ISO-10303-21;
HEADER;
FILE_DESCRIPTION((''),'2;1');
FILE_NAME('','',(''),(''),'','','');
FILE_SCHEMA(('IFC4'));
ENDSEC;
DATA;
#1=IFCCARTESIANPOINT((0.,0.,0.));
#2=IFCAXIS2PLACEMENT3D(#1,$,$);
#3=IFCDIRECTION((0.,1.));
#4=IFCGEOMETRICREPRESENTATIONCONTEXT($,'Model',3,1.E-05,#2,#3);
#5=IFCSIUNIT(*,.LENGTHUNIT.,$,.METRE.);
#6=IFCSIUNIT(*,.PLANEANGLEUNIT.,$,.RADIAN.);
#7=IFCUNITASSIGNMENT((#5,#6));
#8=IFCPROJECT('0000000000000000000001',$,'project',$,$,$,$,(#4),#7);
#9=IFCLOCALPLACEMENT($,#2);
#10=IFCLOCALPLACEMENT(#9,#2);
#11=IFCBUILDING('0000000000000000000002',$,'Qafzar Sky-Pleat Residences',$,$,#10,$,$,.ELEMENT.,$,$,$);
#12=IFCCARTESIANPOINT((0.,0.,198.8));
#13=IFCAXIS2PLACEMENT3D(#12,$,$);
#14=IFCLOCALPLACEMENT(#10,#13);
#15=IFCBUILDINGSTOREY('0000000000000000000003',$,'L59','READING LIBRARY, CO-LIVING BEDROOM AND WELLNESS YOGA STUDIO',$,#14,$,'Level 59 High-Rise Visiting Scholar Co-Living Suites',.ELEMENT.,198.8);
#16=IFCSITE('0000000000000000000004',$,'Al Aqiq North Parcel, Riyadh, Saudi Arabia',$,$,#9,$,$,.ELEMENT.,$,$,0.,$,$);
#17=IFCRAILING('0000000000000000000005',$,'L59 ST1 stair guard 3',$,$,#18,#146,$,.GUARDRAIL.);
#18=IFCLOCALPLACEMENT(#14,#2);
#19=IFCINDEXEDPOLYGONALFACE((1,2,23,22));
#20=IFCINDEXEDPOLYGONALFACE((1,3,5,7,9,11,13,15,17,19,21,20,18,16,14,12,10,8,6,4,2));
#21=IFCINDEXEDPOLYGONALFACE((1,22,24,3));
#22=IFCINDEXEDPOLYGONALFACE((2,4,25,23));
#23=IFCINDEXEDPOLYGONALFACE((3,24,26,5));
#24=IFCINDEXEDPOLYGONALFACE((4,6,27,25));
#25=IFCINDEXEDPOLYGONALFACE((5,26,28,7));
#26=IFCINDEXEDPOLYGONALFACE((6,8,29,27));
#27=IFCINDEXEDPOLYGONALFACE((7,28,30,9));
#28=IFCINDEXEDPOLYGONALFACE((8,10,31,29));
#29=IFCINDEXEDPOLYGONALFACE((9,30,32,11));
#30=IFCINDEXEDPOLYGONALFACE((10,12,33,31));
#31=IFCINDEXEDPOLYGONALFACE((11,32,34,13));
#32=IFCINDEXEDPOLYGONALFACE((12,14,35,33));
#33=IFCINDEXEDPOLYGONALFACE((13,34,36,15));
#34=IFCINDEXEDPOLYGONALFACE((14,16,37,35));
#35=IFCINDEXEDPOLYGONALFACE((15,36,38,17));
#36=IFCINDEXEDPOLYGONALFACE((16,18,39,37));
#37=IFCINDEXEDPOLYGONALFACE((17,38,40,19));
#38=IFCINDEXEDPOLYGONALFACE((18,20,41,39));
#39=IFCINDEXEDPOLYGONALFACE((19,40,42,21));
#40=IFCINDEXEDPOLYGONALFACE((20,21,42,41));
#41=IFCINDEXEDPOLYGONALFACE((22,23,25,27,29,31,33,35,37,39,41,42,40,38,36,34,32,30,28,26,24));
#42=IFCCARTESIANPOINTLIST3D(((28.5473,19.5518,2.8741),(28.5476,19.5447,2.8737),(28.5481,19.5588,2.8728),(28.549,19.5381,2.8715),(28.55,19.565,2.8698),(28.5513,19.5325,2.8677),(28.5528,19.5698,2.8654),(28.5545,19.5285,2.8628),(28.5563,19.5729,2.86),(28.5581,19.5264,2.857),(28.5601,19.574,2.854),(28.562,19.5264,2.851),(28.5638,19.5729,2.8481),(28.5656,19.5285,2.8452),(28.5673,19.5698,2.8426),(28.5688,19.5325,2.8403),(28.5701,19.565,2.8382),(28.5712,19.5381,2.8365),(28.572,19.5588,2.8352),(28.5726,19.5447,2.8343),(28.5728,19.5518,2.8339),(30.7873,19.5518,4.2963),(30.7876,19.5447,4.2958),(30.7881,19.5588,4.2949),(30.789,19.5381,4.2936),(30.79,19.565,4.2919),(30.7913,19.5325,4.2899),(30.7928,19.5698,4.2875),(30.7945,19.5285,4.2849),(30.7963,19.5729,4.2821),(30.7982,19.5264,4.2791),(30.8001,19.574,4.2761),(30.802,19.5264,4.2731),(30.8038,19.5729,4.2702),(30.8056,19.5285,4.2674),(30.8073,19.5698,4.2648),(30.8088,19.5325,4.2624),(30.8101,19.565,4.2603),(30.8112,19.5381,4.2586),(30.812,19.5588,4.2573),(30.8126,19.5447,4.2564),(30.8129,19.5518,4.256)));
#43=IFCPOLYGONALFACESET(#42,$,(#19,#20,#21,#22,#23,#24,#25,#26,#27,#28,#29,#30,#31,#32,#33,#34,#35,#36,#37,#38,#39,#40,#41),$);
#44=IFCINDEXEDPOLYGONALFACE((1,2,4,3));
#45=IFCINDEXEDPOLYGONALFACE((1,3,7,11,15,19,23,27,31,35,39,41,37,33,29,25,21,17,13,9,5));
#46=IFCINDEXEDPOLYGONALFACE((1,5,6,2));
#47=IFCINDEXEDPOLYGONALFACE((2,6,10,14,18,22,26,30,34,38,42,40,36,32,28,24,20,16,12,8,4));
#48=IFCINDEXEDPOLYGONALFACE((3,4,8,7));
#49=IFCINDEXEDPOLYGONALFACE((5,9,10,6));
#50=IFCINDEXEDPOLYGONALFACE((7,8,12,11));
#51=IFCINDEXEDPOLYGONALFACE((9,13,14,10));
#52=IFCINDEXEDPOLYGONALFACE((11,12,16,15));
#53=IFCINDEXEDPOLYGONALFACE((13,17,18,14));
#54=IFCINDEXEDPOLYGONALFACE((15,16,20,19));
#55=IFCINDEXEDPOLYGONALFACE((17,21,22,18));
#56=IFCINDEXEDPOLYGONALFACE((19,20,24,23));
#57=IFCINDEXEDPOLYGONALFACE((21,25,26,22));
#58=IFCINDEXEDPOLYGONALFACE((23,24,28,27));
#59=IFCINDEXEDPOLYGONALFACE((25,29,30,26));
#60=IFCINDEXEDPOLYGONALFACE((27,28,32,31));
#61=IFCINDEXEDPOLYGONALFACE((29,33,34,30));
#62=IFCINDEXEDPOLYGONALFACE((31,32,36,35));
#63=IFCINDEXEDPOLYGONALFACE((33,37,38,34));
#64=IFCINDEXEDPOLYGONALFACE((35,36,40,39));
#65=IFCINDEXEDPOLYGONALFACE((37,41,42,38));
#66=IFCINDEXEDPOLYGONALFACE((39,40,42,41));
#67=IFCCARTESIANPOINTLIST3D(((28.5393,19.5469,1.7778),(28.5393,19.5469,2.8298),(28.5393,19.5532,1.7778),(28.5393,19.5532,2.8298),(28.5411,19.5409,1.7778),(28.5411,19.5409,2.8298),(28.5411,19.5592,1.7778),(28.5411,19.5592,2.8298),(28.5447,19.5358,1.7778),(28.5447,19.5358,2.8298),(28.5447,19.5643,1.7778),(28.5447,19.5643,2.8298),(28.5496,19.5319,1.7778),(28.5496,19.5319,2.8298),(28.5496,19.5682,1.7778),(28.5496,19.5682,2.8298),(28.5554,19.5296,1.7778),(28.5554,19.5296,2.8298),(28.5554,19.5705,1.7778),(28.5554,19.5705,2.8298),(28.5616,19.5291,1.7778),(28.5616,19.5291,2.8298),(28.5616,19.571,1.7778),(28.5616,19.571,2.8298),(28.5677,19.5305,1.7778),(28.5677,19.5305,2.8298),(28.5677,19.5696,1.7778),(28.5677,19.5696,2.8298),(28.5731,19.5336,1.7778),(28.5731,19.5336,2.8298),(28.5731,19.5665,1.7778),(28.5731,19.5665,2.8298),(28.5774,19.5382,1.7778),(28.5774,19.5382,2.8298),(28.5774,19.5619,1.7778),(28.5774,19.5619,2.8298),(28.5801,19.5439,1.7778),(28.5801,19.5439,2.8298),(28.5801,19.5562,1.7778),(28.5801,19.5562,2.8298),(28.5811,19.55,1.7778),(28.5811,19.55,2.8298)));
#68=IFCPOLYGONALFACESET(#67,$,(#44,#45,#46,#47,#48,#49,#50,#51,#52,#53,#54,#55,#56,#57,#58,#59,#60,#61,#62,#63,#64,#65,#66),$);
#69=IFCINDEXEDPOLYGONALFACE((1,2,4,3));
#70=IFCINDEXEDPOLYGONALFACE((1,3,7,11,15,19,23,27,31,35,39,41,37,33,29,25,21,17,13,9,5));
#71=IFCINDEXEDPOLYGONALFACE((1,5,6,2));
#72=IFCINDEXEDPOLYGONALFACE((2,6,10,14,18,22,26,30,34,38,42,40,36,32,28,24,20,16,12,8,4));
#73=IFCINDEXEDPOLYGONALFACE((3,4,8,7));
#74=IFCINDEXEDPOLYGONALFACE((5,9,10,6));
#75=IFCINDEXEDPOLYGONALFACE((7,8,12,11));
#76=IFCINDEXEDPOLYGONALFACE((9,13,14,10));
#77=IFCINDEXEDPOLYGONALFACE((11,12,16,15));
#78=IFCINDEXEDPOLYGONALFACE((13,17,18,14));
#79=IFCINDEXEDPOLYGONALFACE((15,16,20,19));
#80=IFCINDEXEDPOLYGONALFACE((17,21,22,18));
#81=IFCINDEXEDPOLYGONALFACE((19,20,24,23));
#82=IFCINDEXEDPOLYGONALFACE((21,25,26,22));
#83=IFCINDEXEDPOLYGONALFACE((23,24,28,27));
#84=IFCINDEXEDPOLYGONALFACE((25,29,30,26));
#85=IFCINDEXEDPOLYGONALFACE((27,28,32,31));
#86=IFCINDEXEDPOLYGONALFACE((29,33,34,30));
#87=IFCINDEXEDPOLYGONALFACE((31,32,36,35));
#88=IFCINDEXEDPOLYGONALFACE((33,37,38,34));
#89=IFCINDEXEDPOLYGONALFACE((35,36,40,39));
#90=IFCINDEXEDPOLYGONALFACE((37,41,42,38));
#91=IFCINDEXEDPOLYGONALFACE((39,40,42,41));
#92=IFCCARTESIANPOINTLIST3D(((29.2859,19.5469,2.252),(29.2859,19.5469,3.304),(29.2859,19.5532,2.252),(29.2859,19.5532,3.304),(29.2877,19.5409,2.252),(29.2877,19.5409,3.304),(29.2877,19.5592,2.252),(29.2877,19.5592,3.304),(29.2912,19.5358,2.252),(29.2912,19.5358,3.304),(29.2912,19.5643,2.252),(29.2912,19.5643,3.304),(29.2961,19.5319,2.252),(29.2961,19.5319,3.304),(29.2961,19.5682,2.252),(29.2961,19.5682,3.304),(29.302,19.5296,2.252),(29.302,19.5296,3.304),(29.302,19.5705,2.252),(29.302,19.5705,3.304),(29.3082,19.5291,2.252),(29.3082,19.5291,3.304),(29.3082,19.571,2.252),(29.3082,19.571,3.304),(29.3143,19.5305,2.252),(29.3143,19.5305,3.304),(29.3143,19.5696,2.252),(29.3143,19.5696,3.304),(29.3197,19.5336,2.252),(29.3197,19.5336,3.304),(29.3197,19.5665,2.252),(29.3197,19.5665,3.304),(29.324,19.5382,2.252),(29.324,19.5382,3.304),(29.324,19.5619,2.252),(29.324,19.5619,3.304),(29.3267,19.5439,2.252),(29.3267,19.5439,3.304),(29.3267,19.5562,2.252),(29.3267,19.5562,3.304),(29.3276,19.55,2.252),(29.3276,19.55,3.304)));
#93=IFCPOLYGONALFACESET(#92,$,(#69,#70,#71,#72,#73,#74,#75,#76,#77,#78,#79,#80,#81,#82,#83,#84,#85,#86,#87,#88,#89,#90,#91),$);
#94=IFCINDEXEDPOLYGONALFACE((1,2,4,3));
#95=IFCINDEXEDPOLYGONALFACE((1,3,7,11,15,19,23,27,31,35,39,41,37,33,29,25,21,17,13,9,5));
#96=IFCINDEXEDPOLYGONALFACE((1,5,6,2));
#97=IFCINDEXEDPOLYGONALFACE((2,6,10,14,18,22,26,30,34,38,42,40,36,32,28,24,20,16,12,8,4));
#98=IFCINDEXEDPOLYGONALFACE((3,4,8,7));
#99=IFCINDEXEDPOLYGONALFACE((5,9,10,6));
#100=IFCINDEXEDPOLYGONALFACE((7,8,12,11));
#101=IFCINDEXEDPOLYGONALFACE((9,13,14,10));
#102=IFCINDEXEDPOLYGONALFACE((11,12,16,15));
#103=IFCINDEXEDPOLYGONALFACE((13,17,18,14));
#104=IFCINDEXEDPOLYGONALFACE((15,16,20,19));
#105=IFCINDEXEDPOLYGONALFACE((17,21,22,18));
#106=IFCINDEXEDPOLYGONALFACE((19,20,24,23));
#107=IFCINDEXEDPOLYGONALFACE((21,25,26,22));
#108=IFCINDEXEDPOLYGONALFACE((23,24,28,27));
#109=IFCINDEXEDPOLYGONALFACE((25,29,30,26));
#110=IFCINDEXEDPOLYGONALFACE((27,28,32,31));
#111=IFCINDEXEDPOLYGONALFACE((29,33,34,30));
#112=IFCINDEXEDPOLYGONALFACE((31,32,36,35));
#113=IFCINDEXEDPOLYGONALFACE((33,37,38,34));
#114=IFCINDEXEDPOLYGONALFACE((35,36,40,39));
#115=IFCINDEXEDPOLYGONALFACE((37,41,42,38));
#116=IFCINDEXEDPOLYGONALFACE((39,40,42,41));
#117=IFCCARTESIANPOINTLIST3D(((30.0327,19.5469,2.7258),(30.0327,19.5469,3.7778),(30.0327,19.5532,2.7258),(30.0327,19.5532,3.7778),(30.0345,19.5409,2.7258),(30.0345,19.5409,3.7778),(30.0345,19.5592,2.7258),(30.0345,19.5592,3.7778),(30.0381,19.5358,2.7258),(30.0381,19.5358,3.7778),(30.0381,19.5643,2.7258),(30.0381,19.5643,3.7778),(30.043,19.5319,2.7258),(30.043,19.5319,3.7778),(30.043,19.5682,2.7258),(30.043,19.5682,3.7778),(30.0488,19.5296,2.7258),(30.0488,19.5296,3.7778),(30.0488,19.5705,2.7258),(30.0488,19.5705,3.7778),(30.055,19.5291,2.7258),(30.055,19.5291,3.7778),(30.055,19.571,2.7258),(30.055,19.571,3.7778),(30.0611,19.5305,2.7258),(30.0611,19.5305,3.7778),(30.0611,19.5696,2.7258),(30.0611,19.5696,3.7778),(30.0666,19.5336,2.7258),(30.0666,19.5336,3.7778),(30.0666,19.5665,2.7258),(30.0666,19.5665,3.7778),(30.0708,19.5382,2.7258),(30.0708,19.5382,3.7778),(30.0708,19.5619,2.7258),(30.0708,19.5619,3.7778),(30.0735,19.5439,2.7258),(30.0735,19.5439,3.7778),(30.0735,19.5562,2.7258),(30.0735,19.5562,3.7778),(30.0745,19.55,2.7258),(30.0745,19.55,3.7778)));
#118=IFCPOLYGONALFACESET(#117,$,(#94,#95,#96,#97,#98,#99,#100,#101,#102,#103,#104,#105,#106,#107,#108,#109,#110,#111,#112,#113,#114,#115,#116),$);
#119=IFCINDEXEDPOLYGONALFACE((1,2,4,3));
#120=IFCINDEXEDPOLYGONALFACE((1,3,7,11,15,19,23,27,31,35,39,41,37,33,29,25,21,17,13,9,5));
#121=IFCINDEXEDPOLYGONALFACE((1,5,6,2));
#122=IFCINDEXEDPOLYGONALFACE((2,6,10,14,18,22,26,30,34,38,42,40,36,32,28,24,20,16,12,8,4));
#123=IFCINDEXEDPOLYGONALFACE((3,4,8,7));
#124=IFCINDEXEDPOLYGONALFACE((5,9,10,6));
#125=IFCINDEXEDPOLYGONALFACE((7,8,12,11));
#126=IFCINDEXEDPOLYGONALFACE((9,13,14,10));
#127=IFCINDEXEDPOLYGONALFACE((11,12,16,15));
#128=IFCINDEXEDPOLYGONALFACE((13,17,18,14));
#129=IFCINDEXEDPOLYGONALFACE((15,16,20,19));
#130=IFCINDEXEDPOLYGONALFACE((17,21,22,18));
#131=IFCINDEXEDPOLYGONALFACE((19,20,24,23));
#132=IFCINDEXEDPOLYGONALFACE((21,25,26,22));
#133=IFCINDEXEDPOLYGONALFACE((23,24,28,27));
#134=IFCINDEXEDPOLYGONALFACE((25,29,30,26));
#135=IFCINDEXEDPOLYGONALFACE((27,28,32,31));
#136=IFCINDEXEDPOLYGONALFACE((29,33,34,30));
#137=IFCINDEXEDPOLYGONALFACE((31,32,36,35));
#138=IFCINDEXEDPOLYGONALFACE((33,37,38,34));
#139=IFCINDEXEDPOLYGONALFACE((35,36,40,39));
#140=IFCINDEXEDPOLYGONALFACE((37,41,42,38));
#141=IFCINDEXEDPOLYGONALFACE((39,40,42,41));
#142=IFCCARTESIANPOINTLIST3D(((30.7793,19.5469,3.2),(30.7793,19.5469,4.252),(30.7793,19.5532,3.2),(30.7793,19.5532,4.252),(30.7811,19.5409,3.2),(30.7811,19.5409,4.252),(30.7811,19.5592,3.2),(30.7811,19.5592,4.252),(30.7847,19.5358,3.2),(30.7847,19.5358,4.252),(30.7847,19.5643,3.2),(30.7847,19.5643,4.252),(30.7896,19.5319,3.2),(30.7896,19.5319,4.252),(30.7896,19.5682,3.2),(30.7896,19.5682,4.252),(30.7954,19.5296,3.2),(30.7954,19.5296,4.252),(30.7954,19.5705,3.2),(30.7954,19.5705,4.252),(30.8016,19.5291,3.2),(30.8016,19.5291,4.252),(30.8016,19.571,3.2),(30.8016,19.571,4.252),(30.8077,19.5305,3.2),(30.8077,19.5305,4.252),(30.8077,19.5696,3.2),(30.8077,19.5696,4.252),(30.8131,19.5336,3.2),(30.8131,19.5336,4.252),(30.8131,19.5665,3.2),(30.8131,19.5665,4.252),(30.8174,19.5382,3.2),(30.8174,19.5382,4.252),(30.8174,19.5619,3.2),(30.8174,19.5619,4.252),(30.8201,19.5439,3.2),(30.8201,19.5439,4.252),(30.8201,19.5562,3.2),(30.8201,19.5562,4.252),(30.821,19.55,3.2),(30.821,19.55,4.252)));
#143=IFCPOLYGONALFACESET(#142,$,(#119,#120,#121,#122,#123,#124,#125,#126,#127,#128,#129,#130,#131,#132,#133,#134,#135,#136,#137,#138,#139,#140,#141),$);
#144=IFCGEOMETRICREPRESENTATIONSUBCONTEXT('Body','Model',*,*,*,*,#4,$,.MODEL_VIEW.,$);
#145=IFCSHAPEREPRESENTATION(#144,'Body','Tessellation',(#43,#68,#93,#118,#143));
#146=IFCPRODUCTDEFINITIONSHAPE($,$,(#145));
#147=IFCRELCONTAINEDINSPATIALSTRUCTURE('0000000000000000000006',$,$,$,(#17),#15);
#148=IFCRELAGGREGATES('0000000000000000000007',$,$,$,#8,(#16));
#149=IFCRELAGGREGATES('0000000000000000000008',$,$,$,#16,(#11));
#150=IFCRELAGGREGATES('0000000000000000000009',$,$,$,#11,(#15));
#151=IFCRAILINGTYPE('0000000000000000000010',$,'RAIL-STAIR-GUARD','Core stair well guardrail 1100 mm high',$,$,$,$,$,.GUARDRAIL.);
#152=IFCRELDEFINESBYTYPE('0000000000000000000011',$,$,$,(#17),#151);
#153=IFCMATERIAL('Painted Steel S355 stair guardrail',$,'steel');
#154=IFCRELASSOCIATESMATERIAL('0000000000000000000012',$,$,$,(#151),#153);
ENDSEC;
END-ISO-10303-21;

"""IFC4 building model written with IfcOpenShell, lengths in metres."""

from ifc_helpers import new_model, si_unit, direction, frame, origin, origin_2d, place, context, subcontext, project, spatial, circle, extrude, source, transform, mapped, material, type_object, element, save


model = new_model("IFC4")

# Units and contexts
model_context = context("Model", 3, precision=1e-05, world=origin(), true_north=direction((0.0, 1.0)))
body_context = subcontext(model_context, "Body", "Model", "MODEL_VIEW")
ifc_project = project(units=[si_unit("LENGTHUNIT", "METRE"), si_unit("PLANEANGLEUNIT", "RADIAN")], contexts=[model_context])

# Site, building, storey
site_placement = place(None, origin())
site = spatial("IfcSite", under=ifc_project, at=site_placement, Name="Al Aqiq North Parcel, Riyadh, Saudi Arabia", CompositionType="ELEMENT", RefElevation=0.0)
building_placement = place(site_placement, origin())
building = spatial("IfcBuilding", under=site, at=building_placement, Name="Qafzar Sky-Pleat Residences", CompositionType="ELEMENT")
storey_placement = place(building_placement, frame((0.0, 0.0, 198.8)))
storey = spatial("IfcBuildingStorey", under=building, at=storey_placement, Name="L59", Description="READING LIBRARY, CO-LIVING BEDROOM AND WELLNESS YOGA STUDIO", LongName="Level 59 High-Rise Visiting Scholar Co-Living Suites", CompositionType="ELEMENT", Elevation=198.8)

# Railing
ifc_material_1 = material(Name="Painted Steel S355 stair guardrail", Category="steel")
railing_type_1 = type_object("IfcRailingType", Name="RAIL-STAIR-GUARD", Description="Core stair well guardrail 1100 mm high", PredefinedType="GUARDRAIL", material=ifc_material_1)
shared_shape_1 = source(origin(), body_context, "Body", "SweptSolid", [
    extrude(circle(Radius=0.0239, at=origin_2d()), frame((0.0, 0.0, 1.0762), z_axis=(0.844229, 0.0, 0.535982), x_axis=(0.0, 1.0, 0.0)), (0.0, 0.0, 1.0), 2.6533),
    extrude(circle(Radius=0.021, at=origin_2d()), origin(), (0.0, 0.0, 1.0), 1.052),
    extrude(circle(Radius=0.021, at=origin_2d()), frame((0.7466, 0.0, 0.4741)), (0.0, 0.0, 1.0), 1.052),
    extrude(circle(Radius=0.021, at=origin_2d()), frame((1.4934, 0.0, 0.948)), (0.0, 0.0, 1.0), 1.052),
    extrude(circle(Radius=0.021, at=origin_2d()), frame((2.24, 0.0, 1.4221)), (0.0, 0.0, 1.0), 1.052),
])
railing_1_placement = place(storey_placement, frame((28.5601, 19.55, 1.7778)))
element("IfcRailing", 1, at=railing_1_placement, inside=storey, type_object=railing_type_1, Name="L59 ST1 stair guard 3", PredefinedType="GUARDRAIL", context=body_context, shape_type="MappedRepresentation", body=[
    mapped(shared_shape_1, transform((0.0, 0.0, 0.0), x_axis=(1.0, 0.0, 0.0), y_axis=(0.0, 1.0, 0.0), z_axis=(0.0, 0.0, 1.0), scale=1.0)),
])

save(model, "model.ifc")
